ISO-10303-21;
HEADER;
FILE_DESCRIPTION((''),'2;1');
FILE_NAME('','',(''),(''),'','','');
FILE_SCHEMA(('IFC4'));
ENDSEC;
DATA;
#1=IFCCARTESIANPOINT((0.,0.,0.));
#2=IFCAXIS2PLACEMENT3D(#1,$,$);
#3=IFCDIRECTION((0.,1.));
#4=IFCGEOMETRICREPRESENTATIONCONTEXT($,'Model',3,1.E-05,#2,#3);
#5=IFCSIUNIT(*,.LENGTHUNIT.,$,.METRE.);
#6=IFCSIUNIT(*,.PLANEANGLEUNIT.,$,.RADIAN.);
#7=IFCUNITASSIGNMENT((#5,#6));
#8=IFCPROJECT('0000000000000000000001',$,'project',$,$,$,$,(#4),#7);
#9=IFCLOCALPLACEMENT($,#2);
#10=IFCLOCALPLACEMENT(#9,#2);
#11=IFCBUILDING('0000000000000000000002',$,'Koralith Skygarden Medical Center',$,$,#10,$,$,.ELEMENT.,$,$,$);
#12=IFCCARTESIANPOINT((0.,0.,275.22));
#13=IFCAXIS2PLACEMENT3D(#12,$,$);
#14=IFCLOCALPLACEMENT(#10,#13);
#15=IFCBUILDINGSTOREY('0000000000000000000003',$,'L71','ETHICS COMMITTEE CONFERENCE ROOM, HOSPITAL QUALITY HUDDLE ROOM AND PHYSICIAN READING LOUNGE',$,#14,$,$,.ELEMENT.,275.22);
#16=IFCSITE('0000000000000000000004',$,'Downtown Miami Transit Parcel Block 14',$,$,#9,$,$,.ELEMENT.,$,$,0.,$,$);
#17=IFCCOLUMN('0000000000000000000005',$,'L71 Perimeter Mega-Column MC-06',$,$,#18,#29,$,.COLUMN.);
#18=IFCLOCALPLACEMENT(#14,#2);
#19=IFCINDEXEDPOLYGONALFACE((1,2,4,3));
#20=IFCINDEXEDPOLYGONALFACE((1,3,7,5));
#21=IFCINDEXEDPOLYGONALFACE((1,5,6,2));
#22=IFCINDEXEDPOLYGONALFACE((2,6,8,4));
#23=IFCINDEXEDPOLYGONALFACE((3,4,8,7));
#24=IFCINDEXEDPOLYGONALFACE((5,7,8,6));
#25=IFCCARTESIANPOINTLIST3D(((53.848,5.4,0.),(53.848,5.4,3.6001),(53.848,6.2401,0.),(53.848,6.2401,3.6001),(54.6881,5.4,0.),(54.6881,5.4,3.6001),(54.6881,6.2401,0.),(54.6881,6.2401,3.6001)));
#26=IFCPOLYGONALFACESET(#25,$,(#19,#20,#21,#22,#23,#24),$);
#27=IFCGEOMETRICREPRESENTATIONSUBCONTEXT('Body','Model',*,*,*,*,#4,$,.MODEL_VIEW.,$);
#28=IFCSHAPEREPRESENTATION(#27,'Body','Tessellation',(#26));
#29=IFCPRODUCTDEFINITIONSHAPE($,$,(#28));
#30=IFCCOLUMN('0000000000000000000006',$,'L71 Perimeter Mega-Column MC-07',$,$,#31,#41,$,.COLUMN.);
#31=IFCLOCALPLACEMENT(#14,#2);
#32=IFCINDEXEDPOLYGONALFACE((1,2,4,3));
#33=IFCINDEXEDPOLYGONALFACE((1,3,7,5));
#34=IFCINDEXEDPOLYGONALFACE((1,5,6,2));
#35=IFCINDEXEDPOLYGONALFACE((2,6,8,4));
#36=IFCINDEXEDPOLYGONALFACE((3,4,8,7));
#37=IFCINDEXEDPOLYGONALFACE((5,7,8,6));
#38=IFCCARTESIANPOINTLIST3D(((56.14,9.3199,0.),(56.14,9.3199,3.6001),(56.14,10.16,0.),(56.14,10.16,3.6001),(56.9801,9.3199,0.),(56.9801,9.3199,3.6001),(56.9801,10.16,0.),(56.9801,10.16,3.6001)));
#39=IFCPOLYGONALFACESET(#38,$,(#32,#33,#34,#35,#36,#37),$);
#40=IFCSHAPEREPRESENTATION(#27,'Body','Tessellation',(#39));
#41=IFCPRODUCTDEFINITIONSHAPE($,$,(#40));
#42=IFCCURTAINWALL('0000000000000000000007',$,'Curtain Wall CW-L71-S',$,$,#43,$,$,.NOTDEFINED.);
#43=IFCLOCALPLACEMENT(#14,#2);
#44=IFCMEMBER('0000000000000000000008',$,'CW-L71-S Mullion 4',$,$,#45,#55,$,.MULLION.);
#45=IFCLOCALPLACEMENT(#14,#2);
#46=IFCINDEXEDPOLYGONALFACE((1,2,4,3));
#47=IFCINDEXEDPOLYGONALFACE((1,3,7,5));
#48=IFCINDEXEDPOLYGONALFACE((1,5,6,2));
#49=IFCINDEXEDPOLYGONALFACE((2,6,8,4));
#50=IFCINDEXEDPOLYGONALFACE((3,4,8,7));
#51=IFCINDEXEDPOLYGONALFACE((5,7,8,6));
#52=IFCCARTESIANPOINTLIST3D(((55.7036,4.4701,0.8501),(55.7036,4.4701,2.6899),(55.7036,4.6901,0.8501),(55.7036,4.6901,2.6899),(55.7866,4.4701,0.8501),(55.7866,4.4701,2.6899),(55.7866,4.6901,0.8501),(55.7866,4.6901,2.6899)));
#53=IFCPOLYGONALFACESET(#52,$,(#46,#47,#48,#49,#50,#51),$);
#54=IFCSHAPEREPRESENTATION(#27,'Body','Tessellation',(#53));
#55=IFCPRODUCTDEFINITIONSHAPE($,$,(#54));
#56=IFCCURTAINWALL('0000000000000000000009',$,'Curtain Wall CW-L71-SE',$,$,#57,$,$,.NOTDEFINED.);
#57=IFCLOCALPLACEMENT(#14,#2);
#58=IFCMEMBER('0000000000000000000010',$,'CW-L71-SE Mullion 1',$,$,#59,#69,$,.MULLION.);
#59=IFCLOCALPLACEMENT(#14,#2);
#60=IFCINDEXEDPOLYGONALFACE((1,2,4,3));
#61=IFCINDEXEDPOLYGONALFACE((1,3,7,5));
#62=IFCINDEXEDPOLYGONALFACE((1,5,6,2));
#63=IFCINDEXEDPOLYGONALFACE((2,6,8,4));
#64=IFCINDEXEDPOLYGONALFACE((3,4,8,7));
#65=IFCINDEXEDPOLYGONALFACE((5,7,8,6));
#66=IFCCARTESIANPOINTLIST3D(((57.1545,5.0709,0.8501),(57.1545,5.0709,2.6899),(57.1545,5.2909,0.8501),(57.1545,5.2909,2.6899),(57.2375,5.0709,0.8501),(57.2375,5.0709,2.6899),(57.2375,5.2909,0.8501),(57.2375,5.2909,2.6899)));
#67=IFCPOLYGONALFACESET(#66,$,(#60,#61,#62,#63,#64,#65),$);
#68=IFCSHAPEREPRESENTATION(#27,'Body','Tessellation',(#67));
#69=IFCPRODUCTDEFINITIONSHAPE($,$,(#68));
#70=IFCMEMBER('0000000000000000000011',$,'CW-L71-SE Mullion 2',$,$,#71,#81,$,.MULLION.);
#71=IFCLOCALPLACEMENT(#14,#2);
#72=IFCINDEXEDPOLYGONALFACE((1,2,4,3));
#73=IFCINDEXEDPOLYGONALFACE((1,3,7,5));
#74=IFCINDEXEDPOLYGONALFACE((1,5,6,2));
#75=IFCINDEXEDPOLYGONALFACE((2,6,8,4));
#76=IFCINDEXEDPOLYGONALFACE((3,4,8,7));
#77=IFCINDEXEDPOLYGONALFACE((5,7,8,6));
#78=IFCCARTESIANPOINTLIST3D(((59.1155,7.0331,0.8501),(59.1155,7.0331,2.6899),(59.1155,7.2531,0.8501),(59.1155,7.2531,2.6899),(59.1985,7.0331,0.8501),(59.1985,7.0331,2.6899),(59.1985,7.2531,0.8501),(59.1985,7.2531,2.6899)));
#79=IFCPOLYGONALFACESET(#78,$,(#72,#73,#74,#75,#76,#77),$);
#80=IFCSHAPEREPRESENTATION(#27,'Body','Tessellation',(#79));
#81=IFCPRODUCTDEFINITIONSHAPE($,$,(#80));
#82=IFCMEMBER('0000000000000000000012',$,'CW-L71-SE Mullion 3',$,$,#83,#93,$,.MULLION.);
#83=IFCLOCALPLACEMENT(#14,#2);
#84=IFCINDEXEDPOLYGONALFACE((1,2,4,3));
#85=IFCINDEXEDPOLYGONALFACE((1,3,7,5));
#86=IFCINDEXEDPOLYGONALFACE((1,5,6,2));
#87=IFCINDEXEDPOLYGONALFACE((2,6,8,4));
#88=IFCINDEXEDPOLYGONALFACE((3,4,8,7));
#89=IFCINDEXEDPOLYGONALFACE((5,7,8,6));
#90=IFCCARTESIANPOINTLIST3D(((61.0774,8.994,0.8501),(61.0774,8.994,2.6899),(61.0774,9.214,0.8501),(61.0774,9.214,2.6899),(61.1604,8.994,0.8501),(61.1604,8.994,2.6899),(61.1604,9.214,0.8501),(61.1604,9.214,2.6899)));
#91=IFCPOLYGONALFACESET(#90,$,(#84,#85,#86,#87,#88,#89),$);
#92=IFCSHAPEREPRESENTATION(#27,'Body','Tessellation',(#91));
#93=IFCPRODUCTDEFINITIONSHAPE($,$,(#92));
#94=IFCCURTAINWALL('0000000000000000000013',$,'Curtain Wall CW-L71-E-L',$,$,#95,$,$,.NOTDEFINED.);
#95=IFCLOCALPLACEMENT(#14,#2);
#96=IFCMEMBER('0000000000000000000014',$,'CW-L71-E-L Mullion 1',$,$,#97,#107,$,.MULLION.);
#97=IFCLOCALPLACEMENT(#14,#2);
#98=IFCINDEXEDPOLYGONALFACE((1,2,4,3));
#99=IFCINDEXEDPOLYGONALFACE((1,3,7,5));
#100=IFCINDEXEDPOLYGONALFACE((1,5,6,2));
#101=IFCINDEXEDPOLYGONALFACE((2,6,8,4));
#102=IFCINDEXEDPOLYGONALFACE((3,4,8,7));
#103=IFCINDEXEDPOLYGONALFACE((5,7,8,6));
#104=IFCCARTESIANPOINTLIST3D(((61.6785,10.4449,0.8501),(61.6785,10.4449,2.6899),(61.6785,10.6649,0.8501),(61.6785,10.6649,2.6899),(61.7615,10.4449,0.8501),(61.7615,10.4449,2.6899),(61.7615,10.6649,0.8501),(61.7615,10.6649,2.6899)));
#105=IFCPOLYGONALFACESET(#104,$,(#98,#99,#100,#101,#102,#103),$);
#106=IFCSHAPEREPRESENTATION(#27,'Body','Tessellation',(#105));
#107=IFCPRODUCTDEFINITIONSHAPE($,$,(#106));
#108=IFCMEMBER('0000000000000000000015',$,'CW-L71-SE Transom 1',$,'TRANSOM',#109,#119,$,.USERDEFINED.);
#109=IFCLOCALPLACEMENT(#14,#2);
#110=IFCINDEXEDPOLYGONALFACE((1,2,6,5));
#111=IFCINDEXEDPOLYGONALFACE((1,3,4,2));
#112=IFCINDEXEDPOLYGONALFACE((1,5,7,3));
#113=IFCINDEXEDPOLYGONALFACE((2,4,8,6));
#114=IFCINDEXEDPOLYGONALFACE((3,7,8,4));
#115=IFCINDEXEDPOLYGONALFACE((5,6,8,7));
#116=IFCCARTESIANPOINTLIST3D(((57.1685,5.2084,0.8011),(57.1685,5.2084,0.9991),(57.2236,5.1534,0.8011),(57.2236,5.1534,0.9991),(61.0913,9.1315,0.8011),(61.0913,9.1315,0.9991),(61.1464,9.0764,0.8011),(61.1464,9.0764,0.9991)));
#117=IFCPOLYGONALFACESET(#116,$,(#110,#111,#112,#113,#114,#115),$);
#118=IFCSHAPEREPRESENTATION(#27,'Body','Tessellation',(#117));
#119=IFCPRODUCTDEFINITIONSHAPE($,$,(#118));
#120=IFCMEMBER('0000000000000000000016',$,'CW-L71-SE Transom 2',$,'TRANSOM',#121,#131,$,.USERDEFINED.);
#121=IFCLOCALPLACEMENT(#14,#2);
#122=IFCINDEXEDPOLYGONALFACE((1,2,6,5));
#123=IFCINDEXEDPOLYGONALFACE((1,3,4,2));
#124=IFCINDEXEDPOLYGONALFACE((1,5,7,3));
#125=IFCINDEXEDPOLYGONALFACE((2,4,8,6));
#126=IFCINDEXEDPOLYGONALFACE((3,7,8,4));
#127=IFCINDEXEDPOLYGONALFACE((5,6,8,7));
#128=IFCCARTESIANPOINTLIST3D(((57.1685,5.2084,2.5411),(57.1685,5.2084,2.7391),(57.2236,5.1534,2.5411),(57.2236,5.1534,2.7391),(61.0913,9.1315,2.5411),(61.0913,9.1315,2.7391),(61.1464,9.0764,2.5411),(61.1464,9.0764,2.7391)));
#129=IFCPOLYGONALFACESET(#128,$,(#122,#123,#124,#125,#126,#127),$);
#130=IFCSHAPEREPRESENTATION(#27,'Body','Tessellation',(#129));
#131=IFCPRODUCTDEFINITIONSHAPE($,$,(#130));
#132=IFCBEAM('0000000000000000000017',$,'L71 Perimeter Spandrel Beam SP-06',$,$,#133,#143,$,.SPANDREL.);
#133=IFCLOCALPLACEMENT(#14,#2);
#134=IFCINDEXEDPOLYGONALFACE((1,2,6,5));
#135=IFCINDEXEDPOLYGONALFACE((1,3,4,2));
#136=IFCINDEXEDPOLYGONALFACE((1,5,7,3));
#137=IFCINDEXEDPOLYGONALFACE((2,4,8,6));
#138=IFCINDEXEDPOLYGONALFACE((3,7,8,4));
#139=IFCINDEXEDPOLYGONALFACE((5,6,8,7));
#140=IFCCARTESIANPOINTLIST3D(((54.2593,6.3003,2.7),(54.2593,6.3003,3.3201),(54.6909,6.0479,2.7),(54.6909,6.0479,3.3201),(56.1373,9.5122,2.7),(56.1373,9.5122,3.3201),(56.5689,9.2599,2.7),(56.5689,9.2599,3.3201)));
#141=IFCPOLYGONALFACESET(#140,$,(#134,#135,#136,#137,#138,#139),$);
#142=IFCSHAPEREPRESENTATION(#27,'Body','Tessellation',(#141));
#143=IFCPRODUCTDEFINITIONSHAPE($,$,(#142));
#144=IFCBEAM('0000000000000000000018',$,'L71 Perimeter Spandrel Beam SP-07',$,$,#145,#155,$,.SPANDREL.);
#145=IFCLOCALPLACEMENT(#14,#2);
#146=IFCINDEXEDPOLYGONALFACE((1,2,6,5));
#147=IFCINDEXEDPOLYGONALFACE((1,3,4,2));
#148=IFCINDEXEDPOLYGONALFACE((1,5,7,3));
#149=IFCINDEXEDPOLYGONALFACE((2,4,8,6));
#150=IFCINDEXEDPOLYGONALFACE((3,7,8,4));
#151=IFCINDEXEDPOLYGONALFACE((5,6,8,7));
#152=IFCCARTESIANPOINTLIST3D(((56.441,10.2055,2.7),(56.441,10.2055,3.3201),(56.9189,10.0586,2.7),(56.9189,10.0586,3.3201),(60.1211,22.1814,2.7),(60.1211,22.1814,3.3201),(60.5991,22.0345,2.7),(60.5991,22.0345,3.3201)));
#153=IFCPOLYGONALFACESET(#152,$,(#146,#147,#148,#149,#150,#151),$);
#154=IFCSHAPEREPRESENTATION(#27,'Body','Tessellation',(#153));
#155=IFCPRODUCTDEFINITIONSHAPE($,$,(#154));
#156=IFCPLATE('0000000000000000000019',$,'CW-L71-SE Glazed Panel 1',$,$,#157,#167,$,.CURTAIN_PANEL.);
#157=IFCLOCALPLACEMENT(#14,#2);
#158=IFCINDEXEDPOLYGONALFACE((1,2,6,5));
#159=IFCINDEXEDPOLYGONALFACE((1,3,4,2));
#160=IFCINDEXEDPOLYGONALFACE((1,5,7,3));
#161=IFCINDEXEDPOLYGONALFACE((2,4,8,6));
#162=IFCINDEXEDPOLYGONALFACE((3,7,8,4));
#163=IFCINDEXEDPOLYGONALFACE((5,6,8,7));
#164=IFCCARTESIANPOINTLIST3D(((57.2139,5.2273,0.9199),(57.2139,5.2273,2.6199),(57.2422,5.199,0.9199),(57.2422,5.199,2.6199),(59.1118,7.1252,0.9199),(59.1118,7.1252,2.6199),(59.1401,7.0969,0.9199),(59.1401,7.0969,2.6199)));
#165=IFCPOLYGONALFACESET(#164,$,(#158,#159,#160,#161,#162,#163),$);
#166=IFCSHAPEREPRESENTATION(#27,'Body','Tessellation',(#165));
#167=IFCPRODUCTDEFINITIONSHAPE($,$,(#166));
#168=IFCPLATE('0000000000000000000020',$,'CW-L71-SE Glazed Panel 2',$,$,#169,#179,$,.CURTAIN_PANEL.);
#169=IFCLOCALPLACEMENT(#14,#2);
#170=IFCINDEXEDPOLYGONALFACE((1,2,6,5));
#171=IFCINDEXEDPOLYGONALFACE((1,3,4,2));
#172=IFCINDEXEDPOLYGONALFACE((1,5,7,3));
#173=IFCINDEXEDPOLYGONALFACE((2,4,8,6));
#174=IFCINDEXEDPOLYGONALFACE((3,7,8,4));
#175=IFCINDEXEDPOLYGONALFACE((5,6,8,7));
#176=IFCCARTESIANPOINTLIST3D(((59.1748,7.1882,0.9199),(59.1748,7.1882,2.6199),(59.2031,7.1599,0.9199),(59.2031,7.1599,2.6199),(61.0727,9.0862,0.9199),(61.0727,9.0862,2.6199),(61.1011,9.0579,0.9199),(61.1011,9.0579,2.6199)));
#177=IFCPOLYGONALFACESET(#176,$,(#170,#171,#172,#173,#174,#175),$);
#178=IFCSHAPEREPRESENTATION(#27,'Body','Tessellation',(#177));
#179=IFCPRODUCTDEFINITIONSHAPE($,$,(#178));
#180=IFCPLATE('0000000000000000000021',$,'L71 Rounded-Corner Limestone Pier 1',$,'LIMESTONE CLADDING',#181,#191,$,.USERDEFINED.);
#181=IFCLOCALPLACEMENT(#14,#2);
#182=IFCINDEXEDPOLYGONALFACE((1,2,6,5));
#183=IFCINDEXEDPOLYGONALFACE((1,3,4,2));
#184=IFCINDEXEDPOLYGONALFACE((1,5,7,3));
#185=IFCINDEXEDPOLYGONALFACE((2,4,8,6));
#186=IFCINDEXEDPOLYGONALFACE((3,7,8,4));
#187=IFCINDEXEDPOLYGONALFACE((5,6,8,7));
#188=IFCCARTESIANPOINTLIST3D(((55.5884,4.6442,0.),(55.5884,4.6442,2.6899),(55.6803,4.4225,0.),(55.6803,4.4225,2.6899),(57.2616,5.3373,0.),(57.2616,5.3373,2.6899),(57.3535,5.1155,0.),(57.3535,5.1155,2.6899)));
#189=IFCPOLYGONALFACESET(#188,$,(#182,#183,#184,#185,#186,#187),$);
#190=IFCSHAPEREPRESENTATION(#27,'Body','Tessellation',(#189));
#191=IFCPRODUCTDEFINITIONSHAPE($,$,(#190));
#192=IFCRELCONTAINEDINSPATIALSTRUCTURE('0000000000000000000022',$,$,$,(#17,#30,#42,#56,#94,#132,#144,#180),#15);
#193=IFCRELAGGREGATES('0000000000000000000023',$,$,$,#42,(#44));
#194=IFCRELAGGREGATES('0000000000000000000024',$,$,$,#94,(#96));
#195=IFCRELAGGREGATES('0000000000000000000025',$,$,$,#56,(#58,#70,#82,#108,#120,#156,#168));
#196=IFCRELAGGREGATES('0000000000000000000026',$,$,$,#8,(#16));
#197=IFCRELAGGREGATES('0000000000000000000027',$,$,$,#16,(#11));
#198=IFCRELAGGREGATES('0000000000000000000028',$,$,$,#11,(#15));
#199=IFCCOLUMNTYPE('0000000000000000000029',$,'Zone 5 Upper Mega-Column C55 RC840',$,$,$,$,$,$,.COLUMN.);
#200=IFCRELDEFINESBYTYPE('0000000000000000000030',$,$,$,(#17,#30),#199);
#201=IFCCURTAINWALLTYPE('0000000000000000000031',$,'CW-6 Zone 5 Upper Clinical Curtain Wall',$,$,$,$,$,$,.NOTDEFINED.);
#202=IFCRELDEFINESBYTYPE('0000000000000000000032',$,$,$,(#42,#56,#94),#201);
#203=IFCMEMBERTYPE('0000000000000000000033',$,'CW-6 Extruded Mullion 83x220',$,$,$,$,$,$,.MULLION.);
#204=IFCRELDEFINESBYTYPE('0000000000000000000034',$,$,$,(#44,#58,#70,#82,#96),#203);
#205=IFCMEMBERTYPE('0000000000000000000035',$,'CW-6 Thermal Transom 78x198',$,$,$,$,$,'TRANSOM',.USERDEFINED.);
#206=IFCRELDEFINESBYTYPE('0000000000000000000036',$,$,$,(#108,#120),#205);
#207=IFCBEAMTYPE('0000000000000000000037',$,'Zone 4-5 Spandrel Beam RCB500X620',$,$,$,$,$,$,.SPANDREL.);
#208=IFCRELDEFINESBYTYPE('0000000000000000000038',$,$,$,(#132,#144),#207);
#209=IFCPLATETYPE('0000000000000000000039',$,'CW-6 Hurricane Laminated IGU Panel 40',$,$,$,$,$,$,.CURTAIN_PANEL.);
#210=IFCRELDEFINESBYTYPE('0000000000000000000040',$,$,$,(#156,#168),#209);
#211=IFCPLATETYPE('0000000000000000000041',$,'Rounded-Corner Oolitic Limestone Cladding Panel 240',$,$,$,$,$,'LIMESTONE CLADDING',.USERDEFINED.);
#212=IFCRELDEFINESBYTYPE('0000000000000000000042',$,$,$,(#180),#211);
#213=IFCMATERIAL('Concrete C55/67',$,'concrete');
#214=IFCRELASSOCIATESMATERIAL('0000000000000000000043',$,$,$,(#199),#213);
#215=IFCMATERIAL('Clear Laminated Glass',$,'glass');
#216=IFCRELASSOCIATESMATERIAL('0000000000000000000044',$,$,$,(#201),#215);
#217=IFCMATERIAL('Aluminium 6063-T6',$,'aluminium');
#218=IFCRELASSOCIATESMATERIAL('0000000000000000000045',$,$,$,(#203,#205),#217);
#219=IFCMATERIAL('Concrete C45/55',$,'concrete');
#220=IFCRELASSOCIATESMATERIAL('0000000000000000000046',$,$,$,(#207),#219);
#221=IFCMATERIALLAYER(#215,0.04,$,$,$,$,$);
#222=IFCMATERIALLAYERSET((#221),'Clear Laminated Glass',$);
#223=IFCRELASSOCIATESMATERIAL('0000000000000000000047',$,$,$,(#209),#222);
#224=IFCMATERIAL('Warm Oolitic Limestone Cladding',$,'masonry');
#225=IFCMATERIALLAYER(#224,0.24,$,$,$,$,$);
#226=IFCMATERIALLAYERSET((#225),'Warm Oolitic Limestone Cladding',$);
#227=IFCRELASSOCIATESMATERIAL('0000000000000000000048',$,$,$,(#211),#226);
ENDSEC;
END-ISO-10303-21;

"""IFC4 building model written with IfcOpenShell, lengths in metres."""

from ifc_helpers import new_model, si_unit, direction, frame, origin, origin_2d, place, context, subcontext, project, spatial, rectangle, extrude, material, layer, layer_set, material_profile, profile_set, type_object, element, aggregate, save


model = new_model("IFC4")

# Units and contexts
model_context = context("Model", 3, precision=1e-05, world=origin(), true_north=direction((0.0, 1.0)))
body_context = subcontext(model_context, "Body", "Model", "MODEL_VIEW")
ifc_project = project(units=[si_unit("LENGTHUNIT", "METRE"), si_unit("PLANEANGLEUNIT", "RADIAN")], contexts=[model_context])

# Site, building, storey
site_placement = place(None, origin())
site = spatial("IfcSite", under=ifc_project, at=site_placement, Name="Downtown Miami Transit Parcel Block 14", CompositionType="ELEMENT", RefElevation=0.0)
building_placement = place(site_placement, origin())
building = spatial("IfcBuilding", under=site, at=building_placement, Name="Koralith Skygarden Medical Center", CompositionType="ELEMENT")
storey_placement = place(building_placement, frame((0.0, 0.0, 275.22)))
storey = spatial("IfcBuildingStorey", under=building, at=storey_placement, Name="L71", Description="ETHICS COMMITTEE CONFERENCE ROOM, HOSPITAL QUALITY HUDDLE ROOM AND PHYSICIAN READING LOUNGE", CompositionType="ELEMENT", Elevation=275.22)

# Columns
ifc_material_1 = material(Name="Concrete C55/67", Category="concrete")
ifc_material_profile_1 = material_profile(ifc_material_1, rectangle(XDim=0.8401, YDim=0.8401, at=origin_2d()), Name="RC840X840")
ifc_profile_set_1 = profile_set([ifc_material_profile_1], Name="Concrete C55/67")
column_type = type_object("IfcColumnType", Name="Zone 5 Upper Mega-Column C55 RC840", PredefinedType="COLUMN", material=ifc_profile_set_1)
for number, where, z_axis, x_axis, name in (
    (1, (54.2681, 5.8201, 0.0), (0.0, 0.0, 1.0), (1.0, 0.0, 0.0), "L71 Perimeter Mega-Column MC-06"),
    (2, (56.5601, 9.74, 0.0), (0.0, 0.0, 1.0), (1.0, 0.0, 0.0), "L71 Perimeter Mega-Column MC-07"),
):
    element("IfcColumn", number, at=place(storey_placement, frame(where, z_axis=z_axis, x_axis=x_axis)), inside=storey, type_object=column_type, Name=name, PredefinedType="COLUMN", context=body_context, shape_type="SweptSolid", body=[
        extrude(rectangle(XDim=0.8401, YDim=0.8401, at=origin_2d()), origin(), (0.0, 0.0, 1.0), 3.6001),
    ])

# Curtain wall, member
ifc_material_2 = material(Name="Clear Laminated Glass", Category="glass")
curtain_wall_type = type_object("IfcCurtainWallType", Name="CW-6 Zone 5 Upper Clinical Curtain Wall", PredefinedType="NOTDEFINED", material=ifc_material_2)
curtain_wall_1_placement = place(storey_placement, origin())
curtain_wall_1 = element("IfcCurtainWall", 3, at=curtain_wall_1_placement, inside=storey, type_object=curtain_wall_type, Name="Curtain Wall CW-L71-S", PredefinedType="NOTDEFINED")
ifc_material_3 = material(Name="Aluminium 6063-T6", Category="aluminium")
ifc_material_profile_2 = material_profile(ifc_material_3, rectangle(XDim=0.083, YDim=0.22, at=origin_2d()), Name="MUL83X220")
ifc_profile_set_2 = profile_set([ifc_material_profile_2], Name="Aluminium 6063-T6")
member_type_1 = type_object("IfcMemberType", Name="CW-6 Extruded Mullion 83x220", PredefinedType="MULLION", material=ifc_profile_set_2)
member_1_placement = place(storey_placement, frame((55.7451, 4.5801, 0.8501), z_axis=(0.0, 0.0, 1.0), x_axis=(1.0, 0.0, 0.0)))
member_1 = element("IfcMember", 4, at=member_1_placement, type_object=member_type_1, Name="CW-L71-S Mullion 4", PredefinedType="MULLION", context=body_context, shape_type="SweptSolid", body=[
    extrude(rectangle(XDim=0.083, YDim=0.22, at=origin_2d()), origin(), (0.0, 0.0, 1.0), 1.8398),
])
aggregate(curtain_wall_1, [member_1])

# Curtain wall, members
curtain_wall_2_placement = place(storey_placement, origin())
curtain_wall_2 = element("IfcCurtainWall", 5, at=curtain_wall_2_placement, inside=storey, type_object=curtain_wall_type, Name="Curtain Wall CW-L71-SE", PredefinedType="NOTDEFINED")
member_2_placement = place(storey_placement, frame((57.196, 5.1809, 0.8501), z_axis=(0.0, 0.0, 1.0), x_axis=(1.0, 0.0, 0.0)))
member_2 = element("IfcMember", 6, at=member_2_placement, type_object=member_type_1, Name="CW-L71-SE Mullion 1", PredefinedType="MULLION", context=body_context, shape_type="SweptSolid", body=[
    extrude(rectangle(XDim=0.083, YDim=0.22, at=origin_2d()), origin(), (0.0, 0.0, 1.0), 1.8398),
])
member_3_placement = place(storey_placement, frame((59.157, 7.1431, 0.8501), z_axis=(0.0, 0.0, 1.0), x_axis=(1.0, 0.0, 0.0)))
member_3 = element("IfcMember", 7, at=member_3_placement, type_object=member_type_1, Name="CW-L71-SE Mullion 2", PredefinedType="MULLION", context=body_context, shape_type="SweptSolid", body=[
    extrude(rectangle(XDim=0.083, YDim=0.22, at=origin_2d()), origin(), (0.0, 0.0, 1.0), 1.8398),
])
member_4_placement = place(storey_placement, frame((61.1189, 9.104, 0.8501), z_axis=(0.0, 0.0, 1.0), x_axis=(1.0, 0.0, 0.0)))
member_4 = element("IfcMember", 8, at=member_4_placement, type_object=member_type_1, Name="CW-L71-SE Mullion 3", PredefinedType="MULLION", context=body_context, shape_type="SweptSolid", body=[
    extrude(rectangle(XDim=0.083, YDim=0.22, at=origin_2d()), origin(), (0.0, 0.0, 1.0), 1.8398),
])

# Curtain wall, member
curtain_wall_3_placement = place(storey_placement, origin())
curtain_wall_3 = element("IfcCurtainWall", 9, at=curtain_wall_3_placement, inside=storey, type_object=curtain_wall_type, Name="Curtain Wall CW-L71-E-L", PredefinedType="NOTDEFINED")
member_5_placement = place(storey_placement, frame((61.72, 10.5549, 0.8501), z_axis=(0.0, 0.0, 1.0), x_axis=(1.0, 0.0, 0.0)))
member_5 = element("IfcMember", 10, at=member_5_placement, type_object=member_type_1, Name="CW-L71-E-L Mullion 1", PredefinedType="MULLION", context=body_context, shape_type="SweptSolid", body=[
    extrude(rectangle(XDim=0.083, YDim=0.22, at=origin_2d()), origin(), (0.0, 0.0, 1.0), 1.8398),
])
aggregate(curtain_wall_3, [member_5])

# Members
ifc_material_profile_3 = material_profile(ifc_material_3, rectangle(XDim=0.0779, YDim=0.198, at=origin_2d()), Name="TRN78X198")
ifc_profile_set_3 = profile_set([ifc_material_profile_3], Name="Aluminium 6063-T6")
member_type_2 = type_object("IfcMemberType", Name="CW-6 Thermal Transom 78x198", ElementType="TRANSOM", PredefinedType="USERDEFINED", material=ifc_profile_set_3)
member_6_placement = place(storey_placement, frame((57.196, 5.1809, 0.9001), z_axis=(0.707085, 0.707129, 0.0), x_axis=(-0.707129, 0.707085, 0.0)))
member_6 = element("IfcMember", 11, at=member_6_placement, type_object=member_type_2, Name="CW-L71-SE Transom 1", ObjectType="TRANSOM", PredefinedType="USERDEFINED", context=body_context, shape_type="SweptSolid", body=[
    extrude(rectangle(XDim=0.0779, YDim=0.198, at=origin_2d()), origin(), (0.0, 0.0, 1.0), 5.5479),
])
member_7_placement = place(storey_placement, frame((57.196, 5.1809, 2.6401), z_axis=(0.707085, 0.707129, 0.0), x_axis=(-0.707129, 0.707085, 0.0)))
member_7 = element("IfcMember", 12, at=member_7_placement, type_object=member_type_2, Name="CW-L71-SE Transom 2", ObjectType="TRANSOM", PredefinedType="USERDEFINED", context=body_context, shape_type="SweptSolid", body=[
    extrude(rectangle(XDim=0.0779, YDim=0.198, at=origin_2d()), origin(), (0.0, 0.0, 1.0), 5.5479),
])

# Beams
ifc_material_4 = material(Name="Concrete C45/55", Category="concrete")
ifc_material_profile_4 = material_profile(ifc_material_4, rectangle(XDim=0.5, YDim=0.6201, at=origin_2d()), Name="RCB500X620")
ifc_profile_set_4 = profile_set([ifc_material_profile_4], Name="Concrete C45/55")
beam_type = type_object("IfcBeamType", Name="Zone 4-5 Spandrel Beam RCB500X620", PredefinedType="SPANDREL", material=ifc_profile_set_4)
beam_1_placement = place(storey_placement, frame((54.4751, 6.1741, 3.01), z_axis=(0.504736, 0.863274, 0.0), x_axis=(-0.863274, 0.504736, 0.0)))
element("IfcBeam", 13, at=beam_1_placement, inside=storey, type_object=beam_type, Name="L71 Perimeter Spandrel Beam SP-06", PredefinedType="SPANDREL", context=body_context, shape_type="SweptSolid", body=[
    extrude(rectangle(XDim=0.5, YDim=0.6201, at=origin_2d()), origin(), (0.0, 0.0, 1.0), 3.7207),
])
beam_2_placement = place(storey_placement, frame((56.6799, 10.1321, 3.01), z_axis=(0.293743, 0.955884, 0.0), x_axis=(-0.955884, 0.293743, 0.0)))
element("IfcBeam", 14, at=beam_2_placement, inside=storey, type_object=beam_type, Name="L71 Perimeter Spandrel Beam SP-07", PredefinedType="SPANDREL", context=body_context, shape_type="SweptSolid", body=[
    extrude(rectangle(XDim=0.5, YDim=0.6201, at=origin_2d()), origin(), (0.0, 0.0, 1.0), 12.5286),
])

# Plates
ifc_layer_1 = layer(ifc_material_2, 0.04)
ifc_layer_set_1 = layer_set([ifc_layer_1], Name="Clear Laminated Glass")
plate_type_1 = type_object("IfcPlateType", Name="CW-6 Hurricane Laminated IGU Panel 40", PredefinedType="CURTAIN_PANEL", material=ifc_layer_set_1)
plate_1_placement = place(storey_placement, frame((58.177, 6.1621, 0.9199), z_axis=(0.0, 0.0, 1.0), x_axis=(0.707107, 0.707107, 0.0)))
plate_1 = element("IfcPlate", 15, at=plate_1_placement, type_object=plate_type_1, Name="CW-L71-SE Glazed Panel 1", PredefinedType="CURTAIN_PANEL", context=body_context, shape_type="SweptSolid", body=[
    extrude(rectangle(XDim=2.6841, YDim=0.04, at=origin_2d()), origin(), (0.0, 0.0, 1.0), 1.7),
])
plate_2_placement = place(storey_placement, frame((60.1379, 8.123, 0.9199), z_axis=(0.0, 0.0, 1.0), x_axis=(0.707107, 0.707107, 0.0)))
plate_2 = element("IfcPlate", 16, at=plate_2_placement, type_object=plate_type_1, Name="CW-L71-SE Glazed Panel 2", PredefinedType="CURTAIN_PANEL", context=body_context, shape_type="SweptSolid", body=[
    extrude(rectangle(XDim=2.6841, YDim=0.04, at=origin_2d()), origin(), (0.0, 0.0, 1.0), 1.7),
])
aggregate(curtain_wall_2, [member_2, member_3, member_4, member_6, member_7, plate_1, plate_2])

# Plate
ifc_material_5 = material(Name="Warm Oolitic Limestone Cladding", Category="masonry")
ifc_layer_2 = layer(ifc_material_5, 0.24)
ifc_layer_set_2 = layer_set([ifc_layer_2], Name="Warm Oolitic Limestone Cladding")
plate_type_2 = type_object("IfcPlateType", Name="Rounded-Corner Oolitic Limestone Cladding Panel 240", ElementType="LIMESTONE CLADDING", PredefinedType="USERDEFINED", material=ifc_layer_set_2)
for number, where, z_axis, x_axis, name in (
    (17, (56.4709, 4.8799, 0.0), (0.0, 0.0, 1.0), (0.923885, 0.382671, 0.0), "L71 Rounded-Corner Limestone Pier 1"),
):
    element("IfcPlate", number, at=place(storey_placement, frame(where, z_axis=z_axis, x_axis=x_axis)), inside=storey, type_object=plate_type_2, Name=name, ObjectType="LIMESTONE CLADDING", PredefinedType="USERDEFINED", context=body_context, shape_type="SweptSolid", body=[
        extrude(rectangle(XDim=1.811, YDim=0.24, at=origin_2d()), origin(), (0.0, 0.0, 1.0), 2.6899),
    ])

save(model, "model.ifc")
